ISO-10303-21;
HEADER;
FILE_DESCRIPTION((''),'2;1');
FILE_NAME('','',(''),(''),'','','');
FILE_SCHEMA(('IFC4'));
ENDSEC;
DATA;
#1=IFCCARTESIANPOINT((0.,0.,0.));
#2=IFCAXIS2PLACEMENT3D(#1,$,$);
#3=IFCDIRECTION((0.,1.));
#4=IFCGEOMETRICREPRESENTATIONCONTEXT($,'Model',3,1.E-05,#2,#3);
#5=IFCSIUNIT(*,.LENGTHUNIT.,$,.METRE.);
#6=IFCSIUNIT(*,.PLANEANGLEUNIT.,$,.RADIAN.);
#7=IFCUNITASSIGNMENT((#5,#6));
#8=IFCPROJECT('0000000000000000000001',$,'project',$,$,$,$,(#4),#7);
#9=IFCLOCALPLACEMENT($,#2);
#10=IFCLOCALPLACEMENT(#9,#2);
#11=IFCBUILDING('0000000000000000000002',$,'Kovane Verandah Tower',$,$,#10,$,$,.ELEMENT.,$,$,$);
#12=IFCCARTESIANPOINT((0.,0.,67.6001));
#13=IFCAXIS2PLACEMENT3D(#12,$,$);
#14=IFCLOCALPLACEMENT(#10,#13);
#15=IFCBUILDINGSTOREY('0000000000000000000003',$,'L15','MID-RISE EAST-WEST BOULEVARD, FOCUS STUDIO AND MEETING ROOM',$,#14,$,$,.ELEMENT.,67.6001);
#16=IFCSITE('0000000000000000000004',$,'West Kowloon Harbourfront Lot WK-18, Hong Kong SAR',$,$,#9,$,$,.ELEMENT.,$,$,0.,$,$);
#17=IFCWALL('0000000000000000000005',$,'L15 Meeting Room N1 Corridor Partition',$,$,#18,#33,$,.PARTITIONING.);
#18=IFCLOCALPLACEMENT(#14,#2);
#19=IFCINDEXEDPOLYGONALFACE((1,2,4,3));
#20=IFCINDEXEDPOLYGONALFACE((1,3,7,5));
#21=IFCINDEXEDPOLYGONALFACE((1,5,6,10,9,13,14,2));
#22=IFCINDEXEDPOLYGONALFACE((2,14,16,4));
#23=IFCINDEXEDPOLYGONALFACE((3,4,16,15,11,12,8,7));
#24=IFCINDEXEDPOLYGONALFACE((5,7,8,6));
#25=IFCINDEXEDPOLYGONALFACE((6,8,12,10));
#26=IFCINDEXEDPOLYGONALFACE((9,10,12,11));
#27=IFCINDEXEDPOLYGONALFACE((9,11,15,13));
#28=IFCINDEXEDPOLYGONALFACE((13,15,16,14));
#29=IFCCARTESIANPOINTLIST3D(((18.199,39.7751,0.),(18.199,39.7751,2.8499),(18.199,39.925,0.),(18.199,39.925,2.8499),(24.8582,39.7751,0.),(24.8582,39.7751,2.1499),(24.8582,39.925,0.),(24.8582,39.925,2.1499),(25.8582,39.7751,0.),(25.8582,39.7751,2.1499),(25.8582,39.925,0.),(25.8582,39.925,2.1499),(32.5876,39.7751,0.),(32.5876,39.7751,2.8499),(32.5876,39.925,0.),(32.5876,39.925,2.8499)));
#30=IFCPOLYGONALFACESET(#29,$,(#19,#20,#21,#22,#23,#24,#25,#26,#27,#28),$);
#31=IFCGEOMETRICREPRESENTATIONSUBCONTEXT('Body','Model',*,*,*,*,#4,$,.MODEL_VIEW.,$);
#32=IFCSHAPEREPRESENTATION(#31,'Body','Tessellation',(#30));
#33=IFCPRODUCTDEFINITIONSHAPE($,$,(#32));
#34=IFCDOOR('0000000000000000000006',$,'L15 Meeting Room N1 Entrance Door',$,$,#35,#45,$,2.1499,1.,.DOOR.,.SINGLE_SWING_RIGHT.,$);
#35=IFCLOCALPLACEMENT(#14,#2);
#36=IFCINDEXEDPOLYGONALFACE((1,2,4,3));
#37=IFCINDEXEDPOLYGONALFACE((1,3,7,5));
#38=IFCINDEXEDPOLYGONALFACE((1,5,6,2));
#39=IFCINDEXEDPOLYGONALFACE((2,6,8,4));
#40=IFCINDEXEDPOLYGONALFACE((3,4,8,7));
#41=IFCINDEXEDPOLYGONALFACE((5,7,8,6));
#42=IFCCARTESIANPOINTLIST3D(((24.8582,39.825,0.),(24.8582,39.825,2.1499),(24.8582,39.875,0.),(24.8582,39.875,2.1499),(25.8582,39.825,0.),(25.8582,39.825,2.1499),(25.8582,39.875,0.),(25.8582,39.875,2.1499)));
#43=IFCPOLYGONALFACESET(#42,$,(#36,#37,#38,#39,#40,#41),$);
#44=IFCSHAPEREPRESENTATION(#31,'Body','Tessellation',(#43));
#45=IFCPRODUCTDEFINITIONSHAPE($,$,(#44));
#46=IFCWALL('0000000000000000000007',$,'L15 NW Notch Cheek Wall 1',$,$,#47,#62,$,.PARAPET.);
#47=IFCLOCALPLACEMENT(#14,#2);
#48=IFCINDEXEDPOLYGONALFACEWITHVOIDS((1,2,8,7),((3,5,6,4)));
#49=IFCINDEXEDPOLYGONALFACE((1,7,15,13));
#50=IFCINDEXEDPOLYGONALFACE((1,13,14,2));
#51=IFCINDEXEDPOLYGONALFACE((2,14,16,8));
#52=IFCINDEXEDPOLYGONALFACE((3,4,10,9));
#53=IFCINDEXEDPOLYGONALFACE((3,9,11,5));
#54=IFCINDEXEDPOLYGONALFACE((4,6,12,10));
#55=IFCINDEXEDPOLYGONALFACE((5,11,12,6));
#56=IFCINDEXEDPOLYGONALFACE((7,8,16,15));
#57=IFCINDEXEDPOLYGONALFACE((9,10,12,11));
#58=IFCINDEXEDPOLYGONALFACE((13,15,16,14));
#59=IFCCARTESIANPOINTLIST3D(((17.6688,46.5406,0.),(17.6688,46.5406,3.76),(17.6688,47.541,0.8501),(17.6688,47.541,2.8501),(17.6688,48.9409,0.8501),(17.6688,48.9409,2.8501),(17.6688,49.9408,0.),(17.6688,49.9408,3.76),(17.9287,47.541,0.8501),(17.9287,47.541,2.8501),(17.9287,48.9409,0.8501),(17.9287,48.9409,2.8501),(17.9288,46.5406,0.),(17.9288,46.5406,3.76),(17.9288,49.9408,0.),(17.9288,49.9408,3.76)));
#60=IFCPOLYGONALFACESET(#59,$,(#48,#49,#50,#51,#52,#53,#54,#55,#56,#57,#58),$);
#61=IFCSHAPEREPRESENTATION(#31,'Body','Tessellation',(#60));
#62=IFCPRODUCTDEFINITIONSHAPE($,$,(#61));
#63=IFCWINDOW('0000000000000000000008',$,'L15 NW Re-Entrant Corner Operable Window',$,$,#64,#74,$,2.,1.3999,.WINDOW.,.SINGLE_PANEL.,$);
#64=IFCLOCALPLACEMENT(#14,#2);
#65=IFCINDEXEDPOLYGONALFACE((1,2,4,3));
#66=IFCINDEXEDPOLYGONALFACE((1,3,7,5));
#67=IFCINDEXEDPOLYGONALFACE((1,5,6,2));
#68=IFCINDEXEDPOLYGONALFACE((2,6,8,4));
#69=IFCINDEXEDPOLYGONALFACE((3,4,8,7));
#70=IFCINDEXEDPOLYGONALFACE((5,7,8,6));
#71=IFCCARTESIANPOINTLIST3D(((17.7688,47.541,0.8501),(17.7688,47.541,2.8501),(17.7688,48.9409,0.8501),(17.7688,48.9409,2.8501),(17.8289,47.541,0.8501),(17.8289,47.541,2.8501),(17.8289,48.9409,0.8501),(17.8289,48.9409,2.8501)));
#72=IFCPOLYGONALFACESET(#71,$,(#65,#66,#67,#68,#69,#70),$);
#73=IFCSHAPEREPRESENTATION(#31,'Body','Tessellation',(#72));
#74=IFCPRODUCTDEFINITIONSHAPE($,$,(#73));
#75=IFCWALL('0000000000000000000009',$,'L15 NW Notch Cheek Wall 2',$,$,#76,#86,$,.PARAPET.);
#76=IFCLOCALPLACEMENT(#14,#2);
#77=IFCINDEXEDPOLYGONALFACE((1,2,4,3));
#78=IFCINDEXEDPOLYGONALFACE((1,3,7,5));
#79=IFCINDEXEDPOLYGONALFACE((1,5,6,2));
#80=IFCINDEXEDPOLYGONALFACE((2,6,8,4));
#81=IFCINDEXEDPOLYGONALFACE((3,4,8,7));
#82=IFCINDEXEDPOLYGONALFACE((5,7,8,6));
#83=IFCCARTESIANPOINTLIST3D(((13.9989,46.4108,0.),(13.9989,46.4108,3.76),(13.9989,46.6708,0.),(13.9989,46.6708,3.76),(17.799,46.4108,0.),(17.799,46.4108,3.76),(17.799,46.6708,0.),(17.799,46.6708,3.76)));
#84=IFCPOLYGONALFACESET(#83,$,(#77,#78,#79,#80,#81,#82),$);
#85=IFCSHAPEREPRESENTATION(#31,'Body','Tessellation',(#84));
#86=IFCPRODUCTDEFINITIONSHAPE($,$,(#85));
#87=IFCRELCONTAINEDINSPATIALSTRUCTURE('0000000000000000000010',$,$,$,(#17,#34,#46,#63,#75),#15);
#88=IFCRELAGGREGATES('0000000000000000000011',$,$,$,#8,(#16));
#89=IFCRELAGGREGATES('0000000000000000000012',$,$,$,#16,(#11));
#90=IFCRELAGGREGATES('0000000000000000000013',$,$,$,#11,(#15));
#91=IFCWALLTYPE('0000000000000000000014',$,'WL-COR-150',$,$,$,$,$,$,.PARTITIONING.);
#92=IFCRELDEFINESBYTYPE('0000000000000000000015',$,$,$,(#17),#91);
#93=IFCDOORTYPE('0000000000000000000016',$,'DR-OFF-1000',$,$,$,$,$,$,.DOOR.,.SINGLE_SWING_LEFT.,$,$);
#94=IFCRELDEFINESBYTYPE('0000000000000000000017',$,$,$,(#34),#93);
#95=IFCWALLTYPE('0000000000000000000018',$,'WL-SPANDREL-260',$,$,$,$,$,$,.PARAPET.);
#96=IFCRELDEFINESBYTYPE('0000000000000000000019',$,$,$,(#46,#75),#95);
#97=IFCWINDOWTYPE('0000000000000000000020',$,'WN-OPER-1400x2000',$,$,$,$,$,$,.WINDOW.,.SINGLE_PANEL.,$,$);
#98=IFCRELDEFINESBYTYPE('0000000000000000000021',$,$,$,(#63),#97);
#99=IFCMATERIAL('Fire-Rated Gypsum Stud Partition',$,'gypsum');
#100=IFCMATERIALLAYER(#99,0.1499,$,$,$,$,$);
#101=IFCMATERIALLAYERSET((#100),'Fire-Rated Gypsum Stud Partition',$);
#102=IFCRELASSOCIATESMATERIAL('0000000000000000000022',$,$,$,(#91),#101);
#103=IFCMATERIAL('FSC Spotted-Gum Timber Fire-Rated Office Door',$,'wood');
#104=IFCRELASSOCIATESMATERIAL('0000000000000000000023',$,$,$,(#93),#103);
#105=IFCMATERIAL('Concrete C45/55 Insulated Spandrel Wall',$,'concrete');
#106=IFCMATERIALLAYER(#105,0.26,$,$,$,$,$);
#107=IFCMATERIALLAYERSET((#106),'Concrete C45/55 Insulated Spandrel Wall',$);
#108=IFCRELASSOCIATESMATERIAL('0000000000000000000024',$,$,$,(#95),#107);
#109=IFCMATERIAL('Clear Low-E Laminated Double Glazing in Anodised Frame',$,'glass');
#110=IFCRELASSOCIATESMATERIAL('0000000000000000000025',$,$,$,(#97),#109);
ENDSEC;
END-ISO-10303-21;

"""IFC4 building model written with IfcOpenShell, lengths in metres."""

from ifc_helpers import new_model, si_unit, direction, frame, frame_2d, origin, place, context, subcontext, project, spatial, rectangle, extrude, material, layer, layer_set, type_object, element, fill, save


model = new_model("IFC4")

# Units and contexts
model_context = context("Model", 3, precision=1e-05, world=origin(), true_north=direction((0.0, 1.0)))
body_context = subcontext(model_context, "Body", "Model", "MODEL_VIEW")
ifc_project = project(units=[si_unit("LENGTHUNIT", "METRE"), si_unit("PLANEANGLEUNIT", "RADIAN")], contexts=[model_context])

# Site, building, storey
site_placement = place(None, origin())
site = spatial("IfcSite", under=ifc_project, at=site_placement, Name="West Kowloon Harbourfront Lot WK-18, Hong Kong SAR", CompositionType="ELEMENT", RefElevation=0.0)
building_placement = place(site_placement, origin())
building = spatial("IfcBuilding", under=site, at=building_placement, Name="Kovane Verandah Tower", CompositionType="ELEMENT")
storey_placement = place(building_placement, frame((0.0, 0.0, 67.6001)))
storey = spatial("IfcBuildingStorey", under=building, at=storey_placement, Name="L15", Description="MID-RISE EAST-WEST BOULEVARD, FOCUS STUDIO AND MEETING ROOM", CompositionType="ELEMENT", Elevation=67.6001)

# Wall, opening, door
ifc_material_1 = material(Name="Fire-Rated Gypsum Stud Partition", Category="gypsum")
ifc_layer_1 = layer(ifc_material_1, 0.1499)
ifc_layer_set_1 = layer_set([ifc_layer_1], Name="Fire-Rated Gypsum Stud Partition")
wall_type_1 = type_object("IfcWallType", Name="WL-COR-150", PredefinedType="PARTITIONING", material=ifc_layer_set_1)
wall_1_placement = place(storey_placement, frame((18.199, 39.8501, 0.0), z_axis=(0.0, 0.0, 1.0), x_axis=(1.0, 0.0, 0.0)))
wall_1 = element("IfcWall", 1, at=wall_1_placement, inside=storey, type_object=wall_type_1, Name="L15 Meeting Room N1 Corridor Partition", PredefinedType="PARTITIONING", context=body_context, shape_type="SweptSolid", body=[
    extrude(rectangle(XDim=14.3887, YDim=0.1499, at=frame_2d((7.1943, 0.0))), origin(), (0.0, 0.0, 1.0), 2.8499),
])
opening_1_placement = place(wall_1_placement, frame((6.6592, 0.0, 0.0)))
opening_1 = element("IfcOpeningElement", 2, at=opening_1_placement, cuts=wall_1, PredefinedType="OPENING", context=body_context, shape_type="SweptSolid", body=[
    extrude(rectangle(XDim=1.0, YDim=2.1499, at=frame_2d((0.5, 1.075))), frame((0.0, 0.075, 0.0), z_axis=(0.0, -1.0, 0.0), x_axis=(1.0, 0.0, 0.0)), (0.0, 0.0, 1.0), 0.1499),
])
ifc_material_2 = material(Name="FSC Spotted-Gum Timber Fire-Rated Office Door", Category="wood")
door_type = type_object("IfcDoorType", Name="DR-OFF-1000", OperationType="SINGLE_SWING_LEFT", PredefinedType="DOOR", material=ifc_material_2)
door_placement = place(opening_1_placement, origin())
door = element("IfcDoor", 3, at=door_placement, inside=storey, type_object=door_type, Name="L15 Meeting Room N1 Entrance Door", OperationType="SINGLE_SWING_RIGHT", OverallHeight=2.1499, OverallWidth=1.0, PredefinedType="DOOR", context=body_context, shape_type="SweptSolid", body=[
    extrude(rectangle(XDim=1.0, YDim=2.1499, at=frame_2d((0.5, 1.075))), frame((0.0, 0.0249, 0.0), z_axis=(0.0, -1.0, 0.0), x_axis=(1.0, 0.0, 0.0)), (0.0, 0.0, 1.0), 0.05),
])
fill(opening_1, door)

# Wall, opening, window
ifc_material_3 = material(Name="Concrete C45/55 Insulated Spandrel Wall", Category="concrete")
ifc_layer_2 = layer(ifc_material_3, 0.26)
ifc_layer_set_2 = layer_set([ifc_layer_2], Name="Concrete C45/55 Insulated Spandrel Wall")
wall_type_2 = type_object("IfcWallType", Name="WL-SPANDREL-260", PredefinedType="PARAPET", material=ifc_layer_set_2)
wall_2_placement = place(storey_placement, frame((17.7988, 49.9409, 0.0), z_axis=(0.0, 0.0, 1.0), x_axis=(0.0, -1.0, 0.0)))
wall_2 = element("IfcWall", 4, at=wall_2_placement, inside=storey, type_object=wall_type_2, Name="L15 NW Notch Cheek Wall 1", PredefinedType="PARAPET", context=body_context, shape_type="SweptSolid", body=[
    extrude(rectangle(XDim=3.4001, YDim=0.26, at=frame_2d((1.7002, 0.0))), origin(), (0.0, 0.0, 1.0), 3.76),
])
opening_2_placement = place(wall_2_placement, frame((1.0, 0.0, 0.8501)))
opening_2 = element("IfcOpeningElement", 5, at=opening_2_placement, cuts=wall_2, PredefinedType="OPENING", context=body_context, shape_type="SweptSolid", body=[
    extrude(rectangle(XDim=1.3999, YDim=2.0, at=frame_2d((0.7, 1.0))), frame((0.0, 0.1299, 0.0), z_axis=(0.0, -1.0, 0.0), x_axis=(1.0, 0.0, 0.0)), (0.0, 0.0, 1.0), 0.26),
])
ifc_material_4 = material(Name="Clear Low-E Laminated Double Glazing in Anodised Frame", Category="glass")
window_type = type_object("IfcWindowType", Name="WN-OPER-1400x2000", PartitioningType="SINGLE_PANEL", PredefinedType="WINDOW", material=ifc_material_4)
window_placement = place(opening_2_placement, origin())
window = element("IfcWindow", 6, at=window_placement, inside=storey, type_object=window_type, Name="L15 NW Re-Entrant Corner Operable Window", OverallHeight=2.0, OverallWidth=1.3999, PartitioningType="SINGLE_PANEL", PredefinedType="WINDOW", context=body_context, shape_type="SweptSolid", body=[
    extrude(rectangle(XDim=1.3999, YDim=2.0, at=frame_2d((0.7, 1.0))), frame((0.0, 0.03, 0.0), z_axis=(0.0, -1.0, 0.0), x_axis=(1.0, 0.0, 0.0)), (0.0, 0.0, 1.0), 0.0601),
])
fill(opening_2, window)

# Wall
wall_3_placement = place(storey_placement, frame((17.7988, 46.5408, 0.0), z_axis=(0.0, 0.0, 1.0), x_axis=(-1.0, 0.0, 0.0)))
element("IfcWall", 7, at=wall_3_placement, inside=storey, type_object=wall_type_2, Name="L15 NW Notch Cheek Wall 2", PredefinedType="PARAPET", context=body_context, shape_type="SweptSolid", body=[
    extrude(rectangle(XDim=3.8, YDim=0.26, at=frame_2d((1.8999, 0.0))), origin(), (0.0, 0.0, 1.0), 3.76),
])

save(model, "model.ifc")
